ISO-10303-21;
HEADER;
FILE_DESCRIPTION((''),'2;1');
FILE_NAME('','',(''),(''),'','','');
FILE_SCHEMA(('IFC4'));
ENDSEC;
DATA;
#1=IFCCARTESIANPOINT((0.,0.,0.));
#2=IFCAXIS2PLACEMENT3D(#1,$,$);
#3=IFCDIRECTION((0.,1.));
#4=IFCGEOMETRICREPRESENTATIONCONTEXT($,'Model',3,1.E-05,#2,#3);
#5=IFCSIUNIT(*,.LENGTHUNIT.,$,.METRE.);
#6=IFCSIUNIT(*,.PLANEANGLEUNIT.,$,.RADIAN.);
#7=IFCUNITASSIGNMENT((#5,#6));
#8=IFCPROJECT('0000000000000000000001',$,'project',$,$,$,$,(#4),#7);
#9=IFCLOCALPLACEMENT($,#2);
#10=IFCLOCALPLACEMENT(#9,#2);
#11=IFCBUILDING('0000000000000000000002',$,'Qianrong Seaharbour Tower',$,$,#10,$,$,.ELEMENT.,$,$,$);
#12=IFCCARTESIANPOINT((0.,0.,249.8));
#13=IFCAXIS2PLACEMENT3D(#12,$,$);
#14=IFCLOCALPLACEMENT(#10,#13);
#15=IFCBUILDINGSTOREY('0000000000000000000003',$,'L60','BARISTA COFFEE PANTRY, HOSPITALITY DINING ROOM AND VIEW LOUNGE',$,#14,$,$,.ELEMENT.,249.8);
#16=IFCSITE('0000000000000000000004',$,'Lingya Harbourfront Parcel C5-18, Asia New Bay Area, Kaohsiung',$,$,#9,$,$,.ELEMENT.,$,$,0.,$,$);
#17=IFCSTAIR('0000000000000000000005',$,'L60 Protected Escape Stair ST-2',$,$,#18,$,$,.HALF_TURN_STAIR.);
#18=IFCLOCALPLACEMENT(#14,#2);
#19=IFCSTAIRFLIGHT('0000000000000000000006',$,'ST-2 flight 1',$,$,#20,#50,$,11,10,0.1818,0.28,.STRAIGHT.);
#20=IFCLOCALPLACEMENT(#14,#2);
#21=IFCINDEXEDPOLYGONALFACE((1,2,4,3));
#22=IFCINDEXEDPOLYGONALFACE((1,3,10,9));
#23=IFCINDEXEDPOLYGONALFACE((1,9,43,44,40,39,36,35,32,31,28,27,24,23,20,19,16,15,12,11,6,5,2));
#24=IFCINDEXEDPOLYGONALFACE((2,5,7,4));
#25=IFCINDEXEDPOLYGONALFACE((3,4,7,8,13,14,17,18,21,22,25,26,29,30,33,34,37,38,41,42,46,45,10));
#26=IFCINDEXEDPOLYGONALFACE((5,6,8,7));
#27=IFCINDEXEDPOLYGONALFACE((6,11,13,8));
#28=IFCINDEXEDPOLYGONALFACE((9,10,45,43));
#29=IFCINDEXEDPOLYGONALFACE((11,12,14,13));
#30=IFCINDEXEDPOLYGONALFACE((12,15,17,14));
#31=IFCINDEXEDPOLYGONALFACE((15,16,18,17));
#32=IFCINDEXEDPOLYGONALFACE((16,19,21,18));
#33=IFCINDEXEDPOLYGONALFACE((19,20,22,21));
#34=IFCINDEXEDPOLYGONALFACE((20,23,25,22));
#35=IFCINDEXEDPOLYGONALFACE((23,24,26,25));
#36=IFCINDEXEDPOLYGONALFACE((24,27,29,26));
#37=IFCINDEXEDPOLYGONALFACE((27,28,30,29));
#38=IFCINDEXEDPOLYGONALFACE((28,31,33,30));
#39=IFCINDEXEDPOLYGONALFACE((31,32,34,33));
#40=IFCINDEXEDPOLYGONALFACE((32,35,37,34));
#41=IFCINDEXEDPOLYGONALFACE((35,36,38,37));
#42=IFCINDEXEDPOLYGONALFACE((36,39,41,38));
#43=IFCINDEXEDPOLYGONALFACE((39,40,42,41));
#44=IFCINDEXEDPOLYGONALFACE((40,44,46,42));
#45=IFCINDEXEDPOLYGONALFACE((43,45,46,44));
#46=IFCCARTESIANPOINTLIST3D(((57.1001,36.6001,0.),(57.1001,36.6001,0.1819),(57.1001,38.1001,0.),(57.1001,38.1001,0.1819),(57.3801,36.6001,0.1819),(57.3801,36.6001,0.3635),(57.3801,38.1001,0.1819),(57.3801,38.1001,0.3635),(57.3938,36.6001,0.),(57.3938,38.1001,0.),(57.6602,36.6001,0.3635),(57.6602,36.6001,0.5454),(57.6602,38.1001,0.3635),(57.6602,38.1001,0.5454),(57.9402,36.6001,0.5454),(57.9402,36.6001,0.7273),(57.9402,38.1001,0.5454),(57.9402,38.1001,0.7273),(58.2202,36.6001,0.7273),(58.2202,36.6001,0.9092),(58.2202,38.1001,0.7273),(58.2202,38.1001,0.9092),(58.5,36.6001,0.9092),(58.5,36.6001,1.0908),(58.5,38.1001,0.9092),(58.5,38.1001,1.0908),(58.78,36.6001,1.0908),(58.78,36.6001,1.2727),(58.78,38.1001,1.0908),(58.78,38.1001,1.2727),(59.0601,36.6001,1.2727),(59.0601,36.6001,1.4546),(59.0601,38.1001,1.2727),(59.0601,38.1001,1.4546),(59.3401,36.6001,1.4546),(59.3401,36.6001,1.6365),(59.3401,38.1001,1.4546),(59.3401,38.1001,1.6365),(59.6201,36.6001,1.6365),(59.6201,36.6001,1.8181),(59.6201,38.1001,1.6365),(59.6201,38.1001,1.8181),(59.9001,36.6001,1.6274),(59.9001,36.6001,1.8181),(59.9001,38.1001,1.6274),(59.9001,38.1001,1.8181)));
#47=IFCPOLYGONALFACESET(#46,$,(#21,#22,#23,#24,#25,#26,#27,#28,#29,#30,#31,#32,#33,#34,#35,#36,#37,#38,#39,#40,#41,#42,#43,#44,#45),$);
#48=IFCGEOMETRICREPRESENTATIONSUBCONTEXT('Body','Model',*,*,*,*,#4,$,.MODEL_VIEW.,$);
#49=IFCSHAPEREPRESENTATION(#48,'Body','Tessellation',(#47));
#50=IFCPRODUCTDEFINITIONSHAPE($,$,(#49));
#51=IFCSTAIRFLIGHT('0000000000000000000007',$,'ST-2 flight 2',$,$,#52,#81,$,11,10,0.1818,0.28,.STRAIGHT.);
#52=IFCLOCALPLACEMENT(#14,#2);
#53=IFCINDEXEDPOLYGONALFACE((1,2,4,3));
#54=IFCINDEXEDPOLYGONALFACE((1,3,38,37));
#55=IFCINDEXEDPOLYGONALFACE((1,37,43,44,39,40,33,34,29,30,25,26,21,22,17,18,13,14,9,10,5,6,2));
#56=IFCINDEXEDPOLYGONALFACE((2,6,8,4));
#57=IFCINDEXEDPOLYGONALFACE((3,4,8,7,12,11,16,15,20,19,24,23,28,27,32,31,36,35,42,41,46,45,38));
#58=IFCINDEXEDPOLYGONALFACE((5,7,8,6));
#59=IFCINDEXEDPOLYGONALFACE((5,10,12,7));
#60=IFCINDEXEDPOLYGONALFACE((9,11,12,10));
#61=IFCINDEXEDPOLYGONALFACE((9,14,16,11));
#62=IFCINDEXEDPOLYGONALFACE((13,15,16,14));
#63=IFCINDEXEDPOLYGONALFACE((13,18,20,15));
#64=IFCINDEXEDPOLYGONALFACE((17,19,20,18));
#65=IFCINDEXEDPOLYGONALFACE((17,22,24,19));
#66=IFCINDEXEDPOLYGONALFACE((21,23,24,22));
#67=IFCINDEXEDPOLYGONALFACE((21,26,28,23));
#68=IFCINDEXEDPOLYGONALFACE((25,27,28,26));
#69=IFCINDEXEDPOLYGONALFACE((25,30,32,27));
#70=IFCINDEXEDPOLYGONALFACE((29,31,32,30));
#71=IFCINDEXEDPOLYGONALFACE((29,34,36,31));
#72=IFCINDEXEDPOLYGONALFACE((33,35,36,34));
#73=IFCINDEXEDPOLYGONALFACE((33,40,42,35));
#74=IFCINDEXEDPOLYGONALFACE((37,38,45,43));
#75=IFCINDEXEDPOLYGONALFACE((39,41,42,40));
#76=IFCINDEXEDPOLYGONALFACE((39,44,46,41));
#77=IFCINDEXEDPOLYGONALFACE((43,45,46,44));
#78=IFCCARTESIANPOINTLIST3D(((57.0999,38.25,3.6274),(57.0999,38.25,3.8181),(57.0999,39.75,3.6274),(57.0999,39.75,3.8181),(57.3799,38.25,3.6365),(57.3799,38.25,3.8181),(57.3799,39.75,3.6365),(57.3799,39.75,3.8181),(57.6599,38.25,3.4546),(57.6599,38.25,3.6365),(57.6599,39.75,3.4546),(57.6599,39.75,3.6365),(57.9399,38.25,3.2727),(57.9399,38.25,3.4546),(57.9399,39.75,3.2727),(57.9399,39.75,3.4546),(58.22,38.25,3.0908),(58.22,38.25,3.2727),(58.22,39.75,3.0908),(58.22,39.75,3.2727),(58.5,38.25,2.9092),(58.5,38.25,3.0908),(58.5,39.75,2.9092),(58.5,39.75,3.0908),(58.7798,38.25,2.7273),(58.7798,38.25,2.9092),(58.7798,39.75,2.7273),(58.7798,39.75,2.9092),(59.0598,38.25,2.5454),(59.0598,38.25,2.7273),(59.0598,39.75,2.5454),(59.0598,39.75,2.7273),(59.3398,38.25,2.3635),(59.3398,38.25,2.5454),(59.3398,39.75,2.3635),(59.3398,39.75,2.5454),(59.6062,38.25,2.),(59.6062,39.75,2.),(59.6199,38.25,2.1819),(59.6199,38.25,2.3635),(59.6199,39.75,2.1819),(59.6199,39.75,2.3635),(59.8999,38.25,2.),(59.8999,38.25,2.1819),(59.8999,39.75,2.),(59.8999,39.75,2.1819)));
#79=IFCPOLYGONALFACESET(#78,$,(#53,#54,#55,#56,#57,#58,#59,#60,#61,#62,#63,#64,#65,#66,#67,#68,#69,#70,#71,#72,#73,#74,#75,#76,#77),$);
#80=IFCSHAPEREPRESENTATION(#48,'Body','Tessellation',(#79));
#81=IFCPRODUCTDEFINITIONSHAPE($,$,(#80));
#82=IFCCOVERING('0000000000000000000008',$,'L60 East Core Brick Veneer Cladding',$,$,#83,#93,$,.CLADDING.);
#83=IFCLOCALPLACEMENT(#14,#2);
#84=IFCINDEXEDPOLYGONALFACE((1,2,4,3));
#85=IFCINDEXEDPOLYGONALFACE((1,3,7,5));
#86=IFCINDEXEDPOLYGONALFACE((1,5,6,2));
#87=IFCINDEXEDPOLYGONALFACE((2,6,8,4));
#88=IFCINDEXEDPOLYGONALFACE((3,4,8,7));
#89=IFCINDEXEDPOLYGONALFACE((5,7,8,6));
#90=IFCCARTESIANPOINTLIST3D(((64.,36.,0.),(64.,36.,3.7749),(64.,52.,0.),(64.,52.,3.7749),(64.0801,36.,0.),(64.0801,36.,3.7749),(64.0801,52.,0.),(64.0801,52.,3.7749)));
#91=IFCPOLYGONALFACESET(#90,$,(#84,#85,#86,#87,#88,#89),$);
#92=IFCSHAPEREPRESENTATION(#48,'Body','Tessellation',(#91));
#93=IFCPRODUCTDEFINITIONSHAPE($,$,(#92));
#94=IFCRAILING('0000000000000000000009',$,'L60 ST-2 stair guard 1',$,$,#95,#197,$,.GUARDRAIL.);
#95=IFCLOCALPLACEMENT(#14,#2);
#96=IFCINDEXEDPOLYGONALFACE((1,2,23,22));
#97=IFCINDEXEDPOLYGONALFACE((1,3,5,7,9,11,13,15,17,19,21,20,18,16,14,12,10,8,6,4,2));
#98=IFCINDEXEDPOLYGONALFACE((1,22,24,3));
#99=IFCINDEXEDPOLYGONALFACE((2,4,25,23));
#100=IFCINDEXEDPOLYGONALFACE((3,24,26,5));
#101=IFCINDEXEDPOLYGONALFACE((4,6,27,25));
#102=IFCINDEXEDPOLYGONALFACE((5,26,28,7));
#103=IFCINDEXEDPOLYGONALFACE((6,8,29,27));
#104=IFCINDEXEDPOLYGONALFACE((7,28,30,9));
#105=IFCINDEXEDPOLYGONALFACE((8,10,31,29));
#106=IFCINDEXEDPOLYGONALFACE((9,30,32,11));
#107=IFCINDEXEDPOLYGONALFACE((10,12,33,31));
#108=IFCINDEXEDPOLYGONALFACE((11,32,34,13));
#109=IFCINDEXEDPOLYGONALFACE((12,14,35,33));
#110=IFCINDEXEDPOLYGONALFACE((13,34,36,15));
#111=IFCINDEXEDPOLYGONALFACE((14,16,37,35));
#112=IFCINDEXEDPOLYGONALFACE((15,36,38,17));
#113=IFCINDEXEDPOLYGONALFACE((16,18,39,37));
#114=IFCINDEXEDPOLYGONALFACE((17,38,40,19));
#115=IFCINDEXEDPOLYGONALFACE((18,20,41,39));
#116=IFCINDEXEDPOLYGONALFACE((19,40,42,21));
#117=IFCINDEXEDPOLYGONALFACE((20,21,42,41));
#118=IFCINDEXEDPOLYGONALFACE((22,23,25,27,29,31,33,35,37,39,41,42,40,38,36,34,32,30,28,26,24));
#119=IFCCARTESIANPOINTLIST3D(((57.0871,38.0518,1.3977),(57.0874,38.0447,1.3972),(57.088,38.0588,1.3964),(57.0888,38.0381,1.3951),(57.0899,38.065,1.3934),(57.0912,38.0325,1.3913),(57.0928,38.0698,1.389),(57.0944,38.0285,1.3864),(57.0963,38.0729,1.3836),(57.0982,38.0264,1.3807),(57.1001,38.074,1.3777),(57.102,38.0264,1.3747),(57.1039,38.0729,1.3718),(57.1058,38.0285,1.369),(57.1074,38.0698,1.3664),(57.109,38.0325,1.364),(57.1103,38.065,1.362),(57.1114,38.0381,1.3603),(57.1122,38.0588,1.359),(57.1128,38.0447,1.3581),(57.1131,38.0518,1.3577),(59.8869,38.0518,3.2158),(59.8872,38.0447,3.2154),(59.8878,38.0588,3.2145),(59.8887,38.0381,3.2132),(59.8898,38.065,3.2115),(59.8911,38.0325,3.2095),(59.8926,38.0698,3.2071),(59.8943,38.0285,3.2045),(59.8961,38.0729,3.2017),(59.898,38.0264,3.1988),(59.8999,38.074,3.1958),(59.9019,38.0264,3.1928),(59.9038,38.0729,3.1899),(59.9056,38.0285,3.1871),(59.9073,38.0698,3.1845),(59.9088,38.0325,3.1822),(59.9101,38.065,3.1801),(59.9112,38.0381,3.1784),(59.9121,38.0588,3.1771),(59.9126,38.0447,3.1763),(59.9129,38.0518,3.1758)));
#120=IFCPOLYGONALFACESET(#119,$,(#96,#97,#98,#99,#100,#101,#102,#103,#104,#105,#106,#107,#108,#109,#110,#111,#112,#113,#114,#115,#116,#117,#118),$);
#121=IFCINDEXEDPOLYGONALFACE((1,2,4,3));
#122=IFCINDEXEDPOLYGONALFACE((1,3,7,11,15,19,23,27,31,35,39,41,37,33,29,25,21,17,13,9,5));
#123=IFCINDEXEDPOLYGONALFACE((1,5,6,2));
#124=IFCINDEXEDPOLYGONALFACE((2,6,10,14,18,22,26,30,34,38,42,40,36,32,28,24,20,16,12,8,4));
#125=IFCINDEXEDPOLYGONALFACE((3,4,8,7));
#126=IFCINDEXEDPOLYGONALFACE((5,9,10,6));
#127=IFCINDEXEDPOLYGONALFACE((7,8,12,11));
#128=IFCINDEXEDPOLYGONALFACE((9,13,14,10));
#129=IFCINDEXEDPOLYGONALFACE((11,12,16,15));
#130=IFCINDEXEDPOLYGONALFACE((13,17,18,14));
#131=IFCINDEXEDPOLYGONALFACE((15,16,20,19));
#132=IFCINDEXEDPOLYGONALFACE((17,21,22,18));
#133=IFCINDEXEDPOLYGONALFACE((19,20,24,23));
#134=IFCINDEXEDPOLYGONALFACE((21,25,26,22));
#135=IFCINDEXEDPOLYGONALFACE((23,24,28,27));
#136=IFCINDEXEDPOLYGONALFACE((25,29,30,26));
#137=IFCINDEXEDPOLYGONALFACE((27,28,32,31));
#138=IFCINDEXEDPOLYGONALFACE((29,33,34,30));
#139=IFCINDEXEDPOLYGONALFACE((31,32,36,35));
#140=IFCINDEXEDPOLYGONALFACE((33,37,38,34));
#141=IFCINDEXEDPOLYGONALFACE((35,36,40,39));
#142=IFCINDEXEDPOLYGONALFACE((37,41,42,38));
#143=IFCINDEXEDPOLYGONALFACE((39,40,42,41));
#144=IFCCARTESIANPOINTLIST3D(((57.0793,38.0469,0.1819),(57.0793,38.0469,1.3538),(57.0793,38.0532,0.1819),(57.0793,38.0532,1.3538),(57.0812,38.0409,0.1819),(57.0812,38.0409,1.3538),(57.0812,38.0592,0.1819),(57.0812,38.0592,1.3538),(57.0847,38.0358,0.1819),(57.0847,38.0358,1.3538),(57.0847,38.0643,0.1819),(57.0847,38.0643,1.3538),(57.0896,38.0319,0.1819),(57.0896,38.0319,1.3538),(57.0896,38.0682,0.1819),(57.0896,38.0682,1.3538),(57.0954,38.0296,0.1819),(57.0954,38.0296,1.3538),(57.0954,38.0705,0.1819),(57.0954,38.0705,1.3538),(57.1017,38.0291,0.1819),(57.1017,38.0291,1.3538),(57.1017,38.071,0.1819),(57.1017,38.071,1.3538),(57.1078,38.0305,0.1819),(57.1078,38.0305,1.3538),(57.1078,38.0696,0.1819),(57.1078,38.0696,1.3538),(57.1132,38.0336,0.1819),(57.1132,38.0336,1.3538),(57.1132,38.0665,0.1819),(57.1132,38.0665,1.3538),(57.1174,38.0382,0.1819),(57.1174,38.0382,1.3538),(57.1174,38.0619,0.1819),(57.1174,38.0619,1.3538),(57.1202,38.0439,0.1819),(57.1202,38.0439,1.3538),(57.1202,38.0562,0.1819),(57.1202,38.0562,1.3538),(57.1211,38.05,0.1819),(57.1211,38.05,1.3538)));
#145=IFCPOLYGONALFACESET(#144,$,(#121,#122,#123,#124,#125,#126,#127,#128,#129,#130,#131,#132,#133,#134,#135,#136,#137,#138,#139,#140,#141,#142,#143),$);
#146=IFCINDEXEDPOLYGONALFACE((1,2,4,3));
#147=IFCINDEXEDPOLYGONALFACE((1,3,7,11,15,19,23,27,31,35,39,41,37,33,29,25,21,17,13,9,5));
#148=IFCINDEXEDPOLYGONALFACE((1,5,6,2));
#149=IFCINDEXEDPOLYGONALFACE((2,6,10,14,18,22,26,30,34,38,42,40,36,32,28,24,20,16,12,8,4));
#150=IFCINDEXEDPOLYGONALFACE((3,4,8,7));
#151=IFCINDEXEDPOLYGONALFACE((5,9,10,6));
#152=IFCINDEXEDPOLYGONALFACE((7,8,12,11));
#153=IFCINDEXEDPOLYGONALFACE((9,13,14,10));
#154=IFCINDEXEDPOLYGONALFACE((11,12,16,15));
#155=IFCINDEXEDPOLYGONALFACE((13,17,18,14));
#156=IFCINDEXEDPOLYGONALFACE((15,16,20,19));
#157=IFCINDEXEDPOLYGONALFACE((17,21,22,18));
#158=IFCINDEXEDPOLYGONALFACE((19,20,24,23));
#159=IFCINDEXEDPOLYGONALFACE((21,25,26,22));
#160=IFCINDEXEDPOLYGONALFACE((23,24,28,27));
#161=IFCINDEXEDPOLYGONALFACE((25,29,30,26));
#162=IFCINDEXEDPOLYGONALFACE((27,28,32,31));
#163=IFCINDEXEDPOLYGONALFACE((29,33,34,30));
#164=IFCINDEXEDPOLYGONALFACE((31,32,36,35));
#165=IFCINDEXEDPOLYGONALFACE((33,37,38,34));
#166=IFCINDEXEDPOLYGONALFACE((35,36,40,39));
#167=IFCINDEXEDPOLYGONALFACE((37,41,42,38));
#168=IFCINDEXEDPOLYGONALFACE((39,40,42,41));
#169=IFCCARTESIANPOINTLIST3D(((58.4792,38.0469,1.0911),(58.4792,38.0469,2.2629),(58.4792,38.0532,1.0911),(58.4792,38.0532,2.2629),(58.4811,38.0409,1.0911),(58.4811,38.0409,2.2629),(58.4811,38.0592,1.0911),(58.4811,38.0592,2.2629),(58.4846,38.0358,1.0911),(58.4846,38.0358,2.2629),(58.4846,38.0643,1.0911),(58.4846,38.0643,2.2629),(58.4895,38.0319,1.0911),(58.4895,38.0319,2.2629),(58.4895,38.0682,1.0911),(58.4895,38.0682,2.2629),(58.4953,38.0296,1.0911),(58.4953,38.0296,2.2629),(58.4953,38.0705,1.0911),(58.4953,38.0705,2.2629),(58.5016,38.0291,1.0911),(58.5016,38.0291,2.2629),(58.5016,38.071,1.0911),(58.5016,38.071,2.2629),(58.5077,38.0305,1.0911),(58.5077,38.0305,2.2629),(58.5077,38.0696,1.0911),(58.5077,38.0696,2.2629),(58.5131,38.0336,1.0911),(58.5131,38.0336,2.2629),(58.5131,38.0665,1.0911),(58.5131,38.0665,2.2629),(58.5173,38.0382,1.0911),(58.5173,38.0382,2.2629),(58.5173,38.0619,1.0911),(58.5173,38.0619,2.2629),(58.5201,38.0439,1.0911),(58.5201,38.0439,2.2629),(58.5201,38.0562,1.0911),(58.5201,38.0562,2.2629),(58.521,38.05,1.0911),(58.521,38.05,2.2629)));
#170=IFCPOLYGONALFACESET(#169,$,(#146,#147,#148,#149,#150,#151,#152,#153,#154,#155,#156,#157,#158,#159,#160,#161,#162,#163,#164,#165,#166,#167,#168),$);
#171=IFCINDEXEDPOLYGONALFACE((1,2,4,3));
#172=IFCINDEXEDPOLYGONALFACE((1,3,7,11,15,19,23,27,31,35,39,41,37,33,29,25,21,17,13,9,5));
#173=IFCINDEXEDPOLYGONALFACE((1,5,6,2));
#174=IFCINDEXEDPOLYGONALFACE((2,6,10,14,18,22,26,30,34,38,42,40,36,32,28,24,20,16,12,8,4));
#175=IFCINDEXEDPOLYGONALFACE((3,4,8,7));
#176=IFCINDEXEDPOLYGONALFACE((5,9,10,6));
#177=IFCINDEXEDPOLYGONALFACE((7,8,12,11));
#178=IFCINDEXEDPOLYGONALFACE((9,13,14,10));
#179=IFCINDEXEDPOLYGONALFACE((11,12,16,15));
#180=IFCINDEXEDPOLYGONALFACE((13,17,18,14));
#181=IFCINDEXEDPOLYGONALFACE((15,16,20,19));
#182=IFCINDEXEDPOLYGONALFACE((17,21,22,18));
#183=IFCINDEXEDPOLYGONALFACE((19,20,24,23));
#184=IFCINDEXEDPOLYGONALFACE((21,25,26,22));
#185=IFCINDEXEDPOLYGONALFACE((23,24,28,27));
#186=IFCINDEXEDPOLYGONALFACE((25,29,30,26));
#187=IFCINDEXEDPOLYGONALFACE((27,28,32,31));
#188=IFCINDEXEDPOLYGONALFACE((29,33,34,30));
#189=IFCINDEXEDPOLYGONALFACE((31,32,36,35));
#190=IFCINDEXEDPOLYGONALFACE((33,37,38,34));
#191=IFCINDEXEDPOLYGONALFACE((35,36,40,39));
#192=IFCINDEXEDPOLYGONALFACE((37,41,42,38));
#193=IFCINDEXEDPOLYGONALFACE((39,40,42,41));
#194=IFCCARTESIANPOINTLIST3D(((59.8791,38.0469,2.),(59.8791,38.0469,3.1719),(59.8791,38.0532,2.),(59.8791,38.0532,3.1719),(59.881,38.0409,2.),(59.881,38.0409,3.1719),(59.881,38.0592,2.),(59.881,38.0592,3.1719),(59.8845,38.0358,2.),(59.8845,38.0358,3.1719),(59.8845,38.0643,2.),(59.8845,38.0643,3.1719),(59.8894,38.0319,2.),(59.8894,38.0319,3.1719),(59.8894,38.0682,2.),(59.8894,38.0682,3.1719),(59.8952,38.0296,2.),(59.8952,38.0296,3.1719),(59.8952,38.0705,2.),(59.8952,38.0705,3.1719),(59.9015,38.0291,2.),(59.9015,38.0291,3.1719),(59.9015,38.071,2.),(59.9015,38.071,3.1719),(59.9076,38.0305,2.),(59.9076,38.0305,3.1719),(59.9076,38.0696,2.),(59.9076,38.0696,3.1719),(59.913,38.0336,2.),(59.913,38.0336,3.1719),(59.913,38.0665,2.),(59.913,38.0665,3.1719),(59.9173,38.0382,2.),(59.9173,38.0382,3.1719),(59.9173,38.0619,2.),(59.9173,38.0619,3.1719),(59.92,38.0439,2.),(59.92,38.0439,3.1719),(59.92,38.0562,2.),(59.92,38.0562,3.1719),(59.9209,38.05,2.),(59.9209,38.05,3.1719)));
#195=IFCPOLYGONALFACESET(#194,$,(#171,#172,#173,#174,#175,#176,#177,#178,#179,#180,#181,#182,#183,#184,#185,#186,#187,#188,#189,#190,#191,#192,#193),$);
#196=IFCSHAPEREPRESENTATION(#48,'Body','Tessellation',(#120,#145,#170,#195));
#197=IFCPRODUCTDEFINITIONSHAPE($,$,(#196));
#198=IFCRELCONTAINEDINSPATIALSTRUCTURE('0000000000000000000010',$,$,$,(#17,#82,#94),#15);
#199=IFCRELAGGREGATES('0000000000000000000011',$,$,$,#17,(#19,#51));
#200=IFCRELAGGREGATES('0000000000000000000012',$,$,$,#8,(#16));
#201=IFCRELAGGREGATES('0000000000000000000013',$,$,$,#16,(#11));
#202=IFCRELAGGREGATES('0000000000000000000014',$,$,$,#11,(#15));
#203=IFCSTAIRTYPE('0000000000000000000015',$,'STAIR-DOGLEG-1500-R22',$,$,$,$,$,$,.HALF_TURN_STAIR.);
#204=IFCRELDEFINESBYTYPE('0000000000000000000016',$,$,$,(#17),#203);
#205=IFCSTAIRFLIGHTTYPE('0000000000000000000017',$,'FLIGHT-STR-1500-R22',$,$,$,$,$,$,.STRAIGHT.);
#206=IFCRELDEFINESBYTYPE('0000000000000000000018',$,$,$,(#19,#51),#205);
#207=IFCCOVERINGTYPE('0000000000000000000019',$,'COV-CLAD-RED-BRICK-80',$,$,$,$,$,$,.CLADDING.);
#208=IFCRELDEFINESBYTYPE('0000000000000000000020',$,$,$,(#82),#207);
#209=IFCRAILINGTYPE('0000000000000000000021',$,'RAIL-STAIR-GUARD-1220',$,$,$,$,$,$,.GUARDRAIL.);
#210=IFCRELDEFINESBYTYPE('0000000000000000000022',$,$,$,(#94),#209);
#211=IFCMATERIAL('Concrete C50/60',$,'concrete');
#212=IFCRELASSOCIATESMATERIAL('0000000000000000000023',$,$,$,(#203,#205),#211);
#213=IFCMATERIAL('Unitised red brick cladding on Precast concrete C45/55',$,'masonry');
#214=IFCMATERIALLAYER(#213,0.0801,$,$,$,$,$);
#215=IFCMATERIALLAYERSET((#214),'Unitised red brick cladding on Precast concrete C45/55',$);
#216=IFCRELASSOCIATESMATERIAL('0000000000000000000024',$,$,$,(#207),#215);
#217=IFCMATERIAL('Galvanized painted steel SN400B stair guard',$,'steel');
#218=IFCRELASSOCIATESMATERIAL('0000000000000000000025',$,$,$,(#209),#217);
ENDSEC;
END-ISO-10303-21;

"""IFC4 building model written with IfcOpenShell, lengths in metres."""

from ifc_helpers import new_model, si_unit, direction, frame, origin, origin_2d, place, context, subcontext, project, spatial, polyline, rectangle, circle, outline, extrude, material, layer, layer_set, type_object, element, aggregate, save


model = new_model("IFC4")

# Units and contexts
model_context = context("Model", 3, precision=1e-05, world=origin(), true_north=direction((0.0, 1.0)))
body_context = subcontext(model_context, "Body", "Model", "MODEL_VIEW")
ifc_project = project(units=[si_unit("LENGTHUNIT", "METRE"), si_unit("PLANEANGLEUNIT", "RADIAN")], contexts=[model_context])

# Site, building, storey
site_placement = place(None, origin())
site = spatial("IfcSite", under=ifc_project, at=site_placement, Name="Lingya Harbourfront Parcel C5-18, Asia New Bay Area, Kaohsiung", CompositionType="ELEMENT", RefElevation=0.0)
building_placement = place(site_placement, origin())
building = spatial("IfcBuilding", under=site, at=building_placement, Name="Qianrong Seaharbour Tower", CompositionType="ELEMENT")
storey_placement = place(building_placement, frame((0.0, 0.0, 249.8)))
storey = spatial("IfcBuildingStorey", under=building, at=storey_placement, Name="L60", Description="BARISTA COFFEE PANTRY, HOSPITALITY DINING ROOM AND VIEW LOUNGE", CompositionType="ELEMENT", Elevation=249.8)

# Shared definitions
ifc_material_1 = material(Name="Concrete C50/60", Category="concrete")

# Stair, stair flights
stair_type = type_object("IfcStairType", Name="STAIR-DOGLEG-1500-R22", PredefinedType="HALF_TURN_STAIR", material=ifc_material_1)
stair_placement = place(storey_placement, origin())
stair = element("IfcStair", 1, at=stair_placement, inside=storey, type_object=stair_type, Name="L60 Protected Escape Stair ST-2", PredefinedType="HALF_TURN_STAIR")
stair_flight_type = type_object("IfcStairFlightType", Name="FLIGHT-STR-1500-R22", PredefinedType="STRAIGHT", material=ifc_material_1)
stair_flight_1_placement = place(storey_placement, frame((57.1001, 37.3501, 0.0), z_axis=(0.0, 0.0, 1.0), x_axis=(1.0, 0.0, 0.0)))
stair_flight_1 = element("IfcStairFlight", 2, at=stair_flight_1_placement, type_object=stair_flight_type, Name="ST-2 flight 1", NumberOfRisers=11, NumberOfTreads=10, PredefinedType="STRAIGHT", RiserHeight=0.1818, TreadLength=0.28, context=body_context, shape_type="SweptSolid", body=[
    extrude(outline(polyline([(0.0, 0.0), (0.0, 0.1819), (0.28, 0.1819), (0.28, 0.3635), (0.5601, 0.3635), (0.5601, 0.5454), (0.8401, 0.5454), (0.8401, 0.7273), (1.1201, 0.7273), (1.1201, 0.9092), (1.3999, 0.9092), (1.3999, 1.0908), (1.6799, 1.0908), (1.6799, 1.2727), (1.96, 1.2727), (1.96, 1.4546), (2.24, 1.4546), (2.24, 1.6365), (2.52, 1.6365), (2.52, 1.8181), (2.8, 1.8181), (2.8, 2.0), (2.8, 1.6274), (0.2937, 0.0), (0.0, 0.0)])), frame((0.0, 0.75, 0.0), z_axis=(0.0, -1.0, 0.0), x_axis=(1.0, 0.0, 0.0)), (0.0, 0.0, 1.0), 1.5),
])
stair_flight_2_placement = place(storey_placement, frame((59.8999, 39.0, 2.0), z_axis=(0.0, 0.0, 1.0), x_axis=(-1.0, 0.0, 0.0)))
stair_flight_2 = element("IfcStairFlight", 3, at=stair_flight_2_placement, type_object=stair_flight_type, Name="ST-2 flight 2", NumberOfRisers=11, NumberOfTreads=10, PredefinedType="STRAIGHT", RiserHeight=0.1818, TreadLength=0.28, context=body_context, shape_type="SweptSolid", body=[
    extrude(outline(polyline([(0.0, 0.0), (0.0, 0.1819), (0.28, 0.1819), (0.28, 0.3635), (0.5601, 0.3635), (0.5601, 0.5454), (0.8401, 0.5454), (0.8401, 0.7273), (1.1201, 0.7273), (1.1201, 0.9092), (1.3999, 0.9092), (1.3999, 1.0908), (1.6799, 1.0908), (1.6799, 1.2727), (1.96, 1.2727), (1.96, 1.4546), (2.24, 1.4546), (2.24, 1.6365), (2.52, 1.6365), (2.52, 1.8181), (2.8, 1.8181), (2.8, 2.0), (2.8, 1.6274), (0.2937, 0.0), (0.0, 0.0)])), frame((0.0, 0.75, 0.0), z_axis=(0.0, -1.0, 0.0), x_axis=(1.0, 0.0, 0.0)), (0.0, 0.0, 1.0), 1.5),
])
aggregate(stair, [stair_flight_1, stair_flight_2])

# Covering
ifc_material_2 = material(Name="Unitised red brick cladding on Precast concrete C45/55", Category="masonry")
ifc_layer_1 = layer(ifc_material_2, 0.0801)
ifc_layer_set_1 = layer_set([ifc_layer_1], Name="Unitised red brick cladding on Precast concrete C45/55")
covering_type = type_object("IfcCoveringType", Name="COV-CLAD-RED-BRICK-80", PredefinedType="CLADDING", material=ifc_layer_set_1)
covering_placement = place(storey_placement, frame((64.04, 44.0, 0.0), z_axis=(0.0, 0.0, 1.0), x_axis=(1.0, 0.0, 0.0)))
element("IfcCovering", 4, at=covering_placement, inside=storey, type_object=covering_type, Name="L60 East Core Brick Veneer Cladding", PredefinedType="CLADDING", context=body_context, shape_type="SweptSolid", body=[
    extrude(rectangle(XDim=0.0801, YDim=16.0, at=origin_2d()), origin(), (0.0, 0.0, 1.0), 3.7749),
])

# Railing
ifc_material_3 = material(Name="Galvanized painted steel SN400B stair guard", Category="steel")
railing_type_1 = type_object("IfcRailingType", Name="RAIL-STAIR-GUARD-1220", PredefinedType="GUARDRAIL", material=ifc_material_3)
railing_1_placement = place(storey_placement, frame((57.1001, 38.05, 0.1819)))
element("IfcRailing", 5, at=railing_1_placement, inside=storey, type_object=railing_type_1, Name="L60 ST-2 stair guard 1", PredefinedType="GUARDRAIL", context=body_context, shape_type="SweptSolid", body=[
    extrude(circle(Radius=0.0239, at=origin_2d()), frame((0.0, 0.0, 1.1958), z_axis=(0.838684, 0.0, 0.544618), x_axis=(0.0, 1.0, 0.0)), (0.0, 0.0, 1.0), 3.3384),
    extrude(circle(Radius=0.021, at=origin_2d()), origin(), (0.0, 0.0, 1.0), 1.1719),
    extrude(circle(Radius=0.021, at=origin_2d()), frame((1.3999, 0.0, 0.9092)), (0.0, 0.0, 1.0), 1.1719),
    extrude(circle(Radius=0.021, at=origin_2d()), frame((2.7998, 0.0, 1.8181)), (0.0, 0.0, 1.0), 1.1719),
])

save(model, "model.ifc")
